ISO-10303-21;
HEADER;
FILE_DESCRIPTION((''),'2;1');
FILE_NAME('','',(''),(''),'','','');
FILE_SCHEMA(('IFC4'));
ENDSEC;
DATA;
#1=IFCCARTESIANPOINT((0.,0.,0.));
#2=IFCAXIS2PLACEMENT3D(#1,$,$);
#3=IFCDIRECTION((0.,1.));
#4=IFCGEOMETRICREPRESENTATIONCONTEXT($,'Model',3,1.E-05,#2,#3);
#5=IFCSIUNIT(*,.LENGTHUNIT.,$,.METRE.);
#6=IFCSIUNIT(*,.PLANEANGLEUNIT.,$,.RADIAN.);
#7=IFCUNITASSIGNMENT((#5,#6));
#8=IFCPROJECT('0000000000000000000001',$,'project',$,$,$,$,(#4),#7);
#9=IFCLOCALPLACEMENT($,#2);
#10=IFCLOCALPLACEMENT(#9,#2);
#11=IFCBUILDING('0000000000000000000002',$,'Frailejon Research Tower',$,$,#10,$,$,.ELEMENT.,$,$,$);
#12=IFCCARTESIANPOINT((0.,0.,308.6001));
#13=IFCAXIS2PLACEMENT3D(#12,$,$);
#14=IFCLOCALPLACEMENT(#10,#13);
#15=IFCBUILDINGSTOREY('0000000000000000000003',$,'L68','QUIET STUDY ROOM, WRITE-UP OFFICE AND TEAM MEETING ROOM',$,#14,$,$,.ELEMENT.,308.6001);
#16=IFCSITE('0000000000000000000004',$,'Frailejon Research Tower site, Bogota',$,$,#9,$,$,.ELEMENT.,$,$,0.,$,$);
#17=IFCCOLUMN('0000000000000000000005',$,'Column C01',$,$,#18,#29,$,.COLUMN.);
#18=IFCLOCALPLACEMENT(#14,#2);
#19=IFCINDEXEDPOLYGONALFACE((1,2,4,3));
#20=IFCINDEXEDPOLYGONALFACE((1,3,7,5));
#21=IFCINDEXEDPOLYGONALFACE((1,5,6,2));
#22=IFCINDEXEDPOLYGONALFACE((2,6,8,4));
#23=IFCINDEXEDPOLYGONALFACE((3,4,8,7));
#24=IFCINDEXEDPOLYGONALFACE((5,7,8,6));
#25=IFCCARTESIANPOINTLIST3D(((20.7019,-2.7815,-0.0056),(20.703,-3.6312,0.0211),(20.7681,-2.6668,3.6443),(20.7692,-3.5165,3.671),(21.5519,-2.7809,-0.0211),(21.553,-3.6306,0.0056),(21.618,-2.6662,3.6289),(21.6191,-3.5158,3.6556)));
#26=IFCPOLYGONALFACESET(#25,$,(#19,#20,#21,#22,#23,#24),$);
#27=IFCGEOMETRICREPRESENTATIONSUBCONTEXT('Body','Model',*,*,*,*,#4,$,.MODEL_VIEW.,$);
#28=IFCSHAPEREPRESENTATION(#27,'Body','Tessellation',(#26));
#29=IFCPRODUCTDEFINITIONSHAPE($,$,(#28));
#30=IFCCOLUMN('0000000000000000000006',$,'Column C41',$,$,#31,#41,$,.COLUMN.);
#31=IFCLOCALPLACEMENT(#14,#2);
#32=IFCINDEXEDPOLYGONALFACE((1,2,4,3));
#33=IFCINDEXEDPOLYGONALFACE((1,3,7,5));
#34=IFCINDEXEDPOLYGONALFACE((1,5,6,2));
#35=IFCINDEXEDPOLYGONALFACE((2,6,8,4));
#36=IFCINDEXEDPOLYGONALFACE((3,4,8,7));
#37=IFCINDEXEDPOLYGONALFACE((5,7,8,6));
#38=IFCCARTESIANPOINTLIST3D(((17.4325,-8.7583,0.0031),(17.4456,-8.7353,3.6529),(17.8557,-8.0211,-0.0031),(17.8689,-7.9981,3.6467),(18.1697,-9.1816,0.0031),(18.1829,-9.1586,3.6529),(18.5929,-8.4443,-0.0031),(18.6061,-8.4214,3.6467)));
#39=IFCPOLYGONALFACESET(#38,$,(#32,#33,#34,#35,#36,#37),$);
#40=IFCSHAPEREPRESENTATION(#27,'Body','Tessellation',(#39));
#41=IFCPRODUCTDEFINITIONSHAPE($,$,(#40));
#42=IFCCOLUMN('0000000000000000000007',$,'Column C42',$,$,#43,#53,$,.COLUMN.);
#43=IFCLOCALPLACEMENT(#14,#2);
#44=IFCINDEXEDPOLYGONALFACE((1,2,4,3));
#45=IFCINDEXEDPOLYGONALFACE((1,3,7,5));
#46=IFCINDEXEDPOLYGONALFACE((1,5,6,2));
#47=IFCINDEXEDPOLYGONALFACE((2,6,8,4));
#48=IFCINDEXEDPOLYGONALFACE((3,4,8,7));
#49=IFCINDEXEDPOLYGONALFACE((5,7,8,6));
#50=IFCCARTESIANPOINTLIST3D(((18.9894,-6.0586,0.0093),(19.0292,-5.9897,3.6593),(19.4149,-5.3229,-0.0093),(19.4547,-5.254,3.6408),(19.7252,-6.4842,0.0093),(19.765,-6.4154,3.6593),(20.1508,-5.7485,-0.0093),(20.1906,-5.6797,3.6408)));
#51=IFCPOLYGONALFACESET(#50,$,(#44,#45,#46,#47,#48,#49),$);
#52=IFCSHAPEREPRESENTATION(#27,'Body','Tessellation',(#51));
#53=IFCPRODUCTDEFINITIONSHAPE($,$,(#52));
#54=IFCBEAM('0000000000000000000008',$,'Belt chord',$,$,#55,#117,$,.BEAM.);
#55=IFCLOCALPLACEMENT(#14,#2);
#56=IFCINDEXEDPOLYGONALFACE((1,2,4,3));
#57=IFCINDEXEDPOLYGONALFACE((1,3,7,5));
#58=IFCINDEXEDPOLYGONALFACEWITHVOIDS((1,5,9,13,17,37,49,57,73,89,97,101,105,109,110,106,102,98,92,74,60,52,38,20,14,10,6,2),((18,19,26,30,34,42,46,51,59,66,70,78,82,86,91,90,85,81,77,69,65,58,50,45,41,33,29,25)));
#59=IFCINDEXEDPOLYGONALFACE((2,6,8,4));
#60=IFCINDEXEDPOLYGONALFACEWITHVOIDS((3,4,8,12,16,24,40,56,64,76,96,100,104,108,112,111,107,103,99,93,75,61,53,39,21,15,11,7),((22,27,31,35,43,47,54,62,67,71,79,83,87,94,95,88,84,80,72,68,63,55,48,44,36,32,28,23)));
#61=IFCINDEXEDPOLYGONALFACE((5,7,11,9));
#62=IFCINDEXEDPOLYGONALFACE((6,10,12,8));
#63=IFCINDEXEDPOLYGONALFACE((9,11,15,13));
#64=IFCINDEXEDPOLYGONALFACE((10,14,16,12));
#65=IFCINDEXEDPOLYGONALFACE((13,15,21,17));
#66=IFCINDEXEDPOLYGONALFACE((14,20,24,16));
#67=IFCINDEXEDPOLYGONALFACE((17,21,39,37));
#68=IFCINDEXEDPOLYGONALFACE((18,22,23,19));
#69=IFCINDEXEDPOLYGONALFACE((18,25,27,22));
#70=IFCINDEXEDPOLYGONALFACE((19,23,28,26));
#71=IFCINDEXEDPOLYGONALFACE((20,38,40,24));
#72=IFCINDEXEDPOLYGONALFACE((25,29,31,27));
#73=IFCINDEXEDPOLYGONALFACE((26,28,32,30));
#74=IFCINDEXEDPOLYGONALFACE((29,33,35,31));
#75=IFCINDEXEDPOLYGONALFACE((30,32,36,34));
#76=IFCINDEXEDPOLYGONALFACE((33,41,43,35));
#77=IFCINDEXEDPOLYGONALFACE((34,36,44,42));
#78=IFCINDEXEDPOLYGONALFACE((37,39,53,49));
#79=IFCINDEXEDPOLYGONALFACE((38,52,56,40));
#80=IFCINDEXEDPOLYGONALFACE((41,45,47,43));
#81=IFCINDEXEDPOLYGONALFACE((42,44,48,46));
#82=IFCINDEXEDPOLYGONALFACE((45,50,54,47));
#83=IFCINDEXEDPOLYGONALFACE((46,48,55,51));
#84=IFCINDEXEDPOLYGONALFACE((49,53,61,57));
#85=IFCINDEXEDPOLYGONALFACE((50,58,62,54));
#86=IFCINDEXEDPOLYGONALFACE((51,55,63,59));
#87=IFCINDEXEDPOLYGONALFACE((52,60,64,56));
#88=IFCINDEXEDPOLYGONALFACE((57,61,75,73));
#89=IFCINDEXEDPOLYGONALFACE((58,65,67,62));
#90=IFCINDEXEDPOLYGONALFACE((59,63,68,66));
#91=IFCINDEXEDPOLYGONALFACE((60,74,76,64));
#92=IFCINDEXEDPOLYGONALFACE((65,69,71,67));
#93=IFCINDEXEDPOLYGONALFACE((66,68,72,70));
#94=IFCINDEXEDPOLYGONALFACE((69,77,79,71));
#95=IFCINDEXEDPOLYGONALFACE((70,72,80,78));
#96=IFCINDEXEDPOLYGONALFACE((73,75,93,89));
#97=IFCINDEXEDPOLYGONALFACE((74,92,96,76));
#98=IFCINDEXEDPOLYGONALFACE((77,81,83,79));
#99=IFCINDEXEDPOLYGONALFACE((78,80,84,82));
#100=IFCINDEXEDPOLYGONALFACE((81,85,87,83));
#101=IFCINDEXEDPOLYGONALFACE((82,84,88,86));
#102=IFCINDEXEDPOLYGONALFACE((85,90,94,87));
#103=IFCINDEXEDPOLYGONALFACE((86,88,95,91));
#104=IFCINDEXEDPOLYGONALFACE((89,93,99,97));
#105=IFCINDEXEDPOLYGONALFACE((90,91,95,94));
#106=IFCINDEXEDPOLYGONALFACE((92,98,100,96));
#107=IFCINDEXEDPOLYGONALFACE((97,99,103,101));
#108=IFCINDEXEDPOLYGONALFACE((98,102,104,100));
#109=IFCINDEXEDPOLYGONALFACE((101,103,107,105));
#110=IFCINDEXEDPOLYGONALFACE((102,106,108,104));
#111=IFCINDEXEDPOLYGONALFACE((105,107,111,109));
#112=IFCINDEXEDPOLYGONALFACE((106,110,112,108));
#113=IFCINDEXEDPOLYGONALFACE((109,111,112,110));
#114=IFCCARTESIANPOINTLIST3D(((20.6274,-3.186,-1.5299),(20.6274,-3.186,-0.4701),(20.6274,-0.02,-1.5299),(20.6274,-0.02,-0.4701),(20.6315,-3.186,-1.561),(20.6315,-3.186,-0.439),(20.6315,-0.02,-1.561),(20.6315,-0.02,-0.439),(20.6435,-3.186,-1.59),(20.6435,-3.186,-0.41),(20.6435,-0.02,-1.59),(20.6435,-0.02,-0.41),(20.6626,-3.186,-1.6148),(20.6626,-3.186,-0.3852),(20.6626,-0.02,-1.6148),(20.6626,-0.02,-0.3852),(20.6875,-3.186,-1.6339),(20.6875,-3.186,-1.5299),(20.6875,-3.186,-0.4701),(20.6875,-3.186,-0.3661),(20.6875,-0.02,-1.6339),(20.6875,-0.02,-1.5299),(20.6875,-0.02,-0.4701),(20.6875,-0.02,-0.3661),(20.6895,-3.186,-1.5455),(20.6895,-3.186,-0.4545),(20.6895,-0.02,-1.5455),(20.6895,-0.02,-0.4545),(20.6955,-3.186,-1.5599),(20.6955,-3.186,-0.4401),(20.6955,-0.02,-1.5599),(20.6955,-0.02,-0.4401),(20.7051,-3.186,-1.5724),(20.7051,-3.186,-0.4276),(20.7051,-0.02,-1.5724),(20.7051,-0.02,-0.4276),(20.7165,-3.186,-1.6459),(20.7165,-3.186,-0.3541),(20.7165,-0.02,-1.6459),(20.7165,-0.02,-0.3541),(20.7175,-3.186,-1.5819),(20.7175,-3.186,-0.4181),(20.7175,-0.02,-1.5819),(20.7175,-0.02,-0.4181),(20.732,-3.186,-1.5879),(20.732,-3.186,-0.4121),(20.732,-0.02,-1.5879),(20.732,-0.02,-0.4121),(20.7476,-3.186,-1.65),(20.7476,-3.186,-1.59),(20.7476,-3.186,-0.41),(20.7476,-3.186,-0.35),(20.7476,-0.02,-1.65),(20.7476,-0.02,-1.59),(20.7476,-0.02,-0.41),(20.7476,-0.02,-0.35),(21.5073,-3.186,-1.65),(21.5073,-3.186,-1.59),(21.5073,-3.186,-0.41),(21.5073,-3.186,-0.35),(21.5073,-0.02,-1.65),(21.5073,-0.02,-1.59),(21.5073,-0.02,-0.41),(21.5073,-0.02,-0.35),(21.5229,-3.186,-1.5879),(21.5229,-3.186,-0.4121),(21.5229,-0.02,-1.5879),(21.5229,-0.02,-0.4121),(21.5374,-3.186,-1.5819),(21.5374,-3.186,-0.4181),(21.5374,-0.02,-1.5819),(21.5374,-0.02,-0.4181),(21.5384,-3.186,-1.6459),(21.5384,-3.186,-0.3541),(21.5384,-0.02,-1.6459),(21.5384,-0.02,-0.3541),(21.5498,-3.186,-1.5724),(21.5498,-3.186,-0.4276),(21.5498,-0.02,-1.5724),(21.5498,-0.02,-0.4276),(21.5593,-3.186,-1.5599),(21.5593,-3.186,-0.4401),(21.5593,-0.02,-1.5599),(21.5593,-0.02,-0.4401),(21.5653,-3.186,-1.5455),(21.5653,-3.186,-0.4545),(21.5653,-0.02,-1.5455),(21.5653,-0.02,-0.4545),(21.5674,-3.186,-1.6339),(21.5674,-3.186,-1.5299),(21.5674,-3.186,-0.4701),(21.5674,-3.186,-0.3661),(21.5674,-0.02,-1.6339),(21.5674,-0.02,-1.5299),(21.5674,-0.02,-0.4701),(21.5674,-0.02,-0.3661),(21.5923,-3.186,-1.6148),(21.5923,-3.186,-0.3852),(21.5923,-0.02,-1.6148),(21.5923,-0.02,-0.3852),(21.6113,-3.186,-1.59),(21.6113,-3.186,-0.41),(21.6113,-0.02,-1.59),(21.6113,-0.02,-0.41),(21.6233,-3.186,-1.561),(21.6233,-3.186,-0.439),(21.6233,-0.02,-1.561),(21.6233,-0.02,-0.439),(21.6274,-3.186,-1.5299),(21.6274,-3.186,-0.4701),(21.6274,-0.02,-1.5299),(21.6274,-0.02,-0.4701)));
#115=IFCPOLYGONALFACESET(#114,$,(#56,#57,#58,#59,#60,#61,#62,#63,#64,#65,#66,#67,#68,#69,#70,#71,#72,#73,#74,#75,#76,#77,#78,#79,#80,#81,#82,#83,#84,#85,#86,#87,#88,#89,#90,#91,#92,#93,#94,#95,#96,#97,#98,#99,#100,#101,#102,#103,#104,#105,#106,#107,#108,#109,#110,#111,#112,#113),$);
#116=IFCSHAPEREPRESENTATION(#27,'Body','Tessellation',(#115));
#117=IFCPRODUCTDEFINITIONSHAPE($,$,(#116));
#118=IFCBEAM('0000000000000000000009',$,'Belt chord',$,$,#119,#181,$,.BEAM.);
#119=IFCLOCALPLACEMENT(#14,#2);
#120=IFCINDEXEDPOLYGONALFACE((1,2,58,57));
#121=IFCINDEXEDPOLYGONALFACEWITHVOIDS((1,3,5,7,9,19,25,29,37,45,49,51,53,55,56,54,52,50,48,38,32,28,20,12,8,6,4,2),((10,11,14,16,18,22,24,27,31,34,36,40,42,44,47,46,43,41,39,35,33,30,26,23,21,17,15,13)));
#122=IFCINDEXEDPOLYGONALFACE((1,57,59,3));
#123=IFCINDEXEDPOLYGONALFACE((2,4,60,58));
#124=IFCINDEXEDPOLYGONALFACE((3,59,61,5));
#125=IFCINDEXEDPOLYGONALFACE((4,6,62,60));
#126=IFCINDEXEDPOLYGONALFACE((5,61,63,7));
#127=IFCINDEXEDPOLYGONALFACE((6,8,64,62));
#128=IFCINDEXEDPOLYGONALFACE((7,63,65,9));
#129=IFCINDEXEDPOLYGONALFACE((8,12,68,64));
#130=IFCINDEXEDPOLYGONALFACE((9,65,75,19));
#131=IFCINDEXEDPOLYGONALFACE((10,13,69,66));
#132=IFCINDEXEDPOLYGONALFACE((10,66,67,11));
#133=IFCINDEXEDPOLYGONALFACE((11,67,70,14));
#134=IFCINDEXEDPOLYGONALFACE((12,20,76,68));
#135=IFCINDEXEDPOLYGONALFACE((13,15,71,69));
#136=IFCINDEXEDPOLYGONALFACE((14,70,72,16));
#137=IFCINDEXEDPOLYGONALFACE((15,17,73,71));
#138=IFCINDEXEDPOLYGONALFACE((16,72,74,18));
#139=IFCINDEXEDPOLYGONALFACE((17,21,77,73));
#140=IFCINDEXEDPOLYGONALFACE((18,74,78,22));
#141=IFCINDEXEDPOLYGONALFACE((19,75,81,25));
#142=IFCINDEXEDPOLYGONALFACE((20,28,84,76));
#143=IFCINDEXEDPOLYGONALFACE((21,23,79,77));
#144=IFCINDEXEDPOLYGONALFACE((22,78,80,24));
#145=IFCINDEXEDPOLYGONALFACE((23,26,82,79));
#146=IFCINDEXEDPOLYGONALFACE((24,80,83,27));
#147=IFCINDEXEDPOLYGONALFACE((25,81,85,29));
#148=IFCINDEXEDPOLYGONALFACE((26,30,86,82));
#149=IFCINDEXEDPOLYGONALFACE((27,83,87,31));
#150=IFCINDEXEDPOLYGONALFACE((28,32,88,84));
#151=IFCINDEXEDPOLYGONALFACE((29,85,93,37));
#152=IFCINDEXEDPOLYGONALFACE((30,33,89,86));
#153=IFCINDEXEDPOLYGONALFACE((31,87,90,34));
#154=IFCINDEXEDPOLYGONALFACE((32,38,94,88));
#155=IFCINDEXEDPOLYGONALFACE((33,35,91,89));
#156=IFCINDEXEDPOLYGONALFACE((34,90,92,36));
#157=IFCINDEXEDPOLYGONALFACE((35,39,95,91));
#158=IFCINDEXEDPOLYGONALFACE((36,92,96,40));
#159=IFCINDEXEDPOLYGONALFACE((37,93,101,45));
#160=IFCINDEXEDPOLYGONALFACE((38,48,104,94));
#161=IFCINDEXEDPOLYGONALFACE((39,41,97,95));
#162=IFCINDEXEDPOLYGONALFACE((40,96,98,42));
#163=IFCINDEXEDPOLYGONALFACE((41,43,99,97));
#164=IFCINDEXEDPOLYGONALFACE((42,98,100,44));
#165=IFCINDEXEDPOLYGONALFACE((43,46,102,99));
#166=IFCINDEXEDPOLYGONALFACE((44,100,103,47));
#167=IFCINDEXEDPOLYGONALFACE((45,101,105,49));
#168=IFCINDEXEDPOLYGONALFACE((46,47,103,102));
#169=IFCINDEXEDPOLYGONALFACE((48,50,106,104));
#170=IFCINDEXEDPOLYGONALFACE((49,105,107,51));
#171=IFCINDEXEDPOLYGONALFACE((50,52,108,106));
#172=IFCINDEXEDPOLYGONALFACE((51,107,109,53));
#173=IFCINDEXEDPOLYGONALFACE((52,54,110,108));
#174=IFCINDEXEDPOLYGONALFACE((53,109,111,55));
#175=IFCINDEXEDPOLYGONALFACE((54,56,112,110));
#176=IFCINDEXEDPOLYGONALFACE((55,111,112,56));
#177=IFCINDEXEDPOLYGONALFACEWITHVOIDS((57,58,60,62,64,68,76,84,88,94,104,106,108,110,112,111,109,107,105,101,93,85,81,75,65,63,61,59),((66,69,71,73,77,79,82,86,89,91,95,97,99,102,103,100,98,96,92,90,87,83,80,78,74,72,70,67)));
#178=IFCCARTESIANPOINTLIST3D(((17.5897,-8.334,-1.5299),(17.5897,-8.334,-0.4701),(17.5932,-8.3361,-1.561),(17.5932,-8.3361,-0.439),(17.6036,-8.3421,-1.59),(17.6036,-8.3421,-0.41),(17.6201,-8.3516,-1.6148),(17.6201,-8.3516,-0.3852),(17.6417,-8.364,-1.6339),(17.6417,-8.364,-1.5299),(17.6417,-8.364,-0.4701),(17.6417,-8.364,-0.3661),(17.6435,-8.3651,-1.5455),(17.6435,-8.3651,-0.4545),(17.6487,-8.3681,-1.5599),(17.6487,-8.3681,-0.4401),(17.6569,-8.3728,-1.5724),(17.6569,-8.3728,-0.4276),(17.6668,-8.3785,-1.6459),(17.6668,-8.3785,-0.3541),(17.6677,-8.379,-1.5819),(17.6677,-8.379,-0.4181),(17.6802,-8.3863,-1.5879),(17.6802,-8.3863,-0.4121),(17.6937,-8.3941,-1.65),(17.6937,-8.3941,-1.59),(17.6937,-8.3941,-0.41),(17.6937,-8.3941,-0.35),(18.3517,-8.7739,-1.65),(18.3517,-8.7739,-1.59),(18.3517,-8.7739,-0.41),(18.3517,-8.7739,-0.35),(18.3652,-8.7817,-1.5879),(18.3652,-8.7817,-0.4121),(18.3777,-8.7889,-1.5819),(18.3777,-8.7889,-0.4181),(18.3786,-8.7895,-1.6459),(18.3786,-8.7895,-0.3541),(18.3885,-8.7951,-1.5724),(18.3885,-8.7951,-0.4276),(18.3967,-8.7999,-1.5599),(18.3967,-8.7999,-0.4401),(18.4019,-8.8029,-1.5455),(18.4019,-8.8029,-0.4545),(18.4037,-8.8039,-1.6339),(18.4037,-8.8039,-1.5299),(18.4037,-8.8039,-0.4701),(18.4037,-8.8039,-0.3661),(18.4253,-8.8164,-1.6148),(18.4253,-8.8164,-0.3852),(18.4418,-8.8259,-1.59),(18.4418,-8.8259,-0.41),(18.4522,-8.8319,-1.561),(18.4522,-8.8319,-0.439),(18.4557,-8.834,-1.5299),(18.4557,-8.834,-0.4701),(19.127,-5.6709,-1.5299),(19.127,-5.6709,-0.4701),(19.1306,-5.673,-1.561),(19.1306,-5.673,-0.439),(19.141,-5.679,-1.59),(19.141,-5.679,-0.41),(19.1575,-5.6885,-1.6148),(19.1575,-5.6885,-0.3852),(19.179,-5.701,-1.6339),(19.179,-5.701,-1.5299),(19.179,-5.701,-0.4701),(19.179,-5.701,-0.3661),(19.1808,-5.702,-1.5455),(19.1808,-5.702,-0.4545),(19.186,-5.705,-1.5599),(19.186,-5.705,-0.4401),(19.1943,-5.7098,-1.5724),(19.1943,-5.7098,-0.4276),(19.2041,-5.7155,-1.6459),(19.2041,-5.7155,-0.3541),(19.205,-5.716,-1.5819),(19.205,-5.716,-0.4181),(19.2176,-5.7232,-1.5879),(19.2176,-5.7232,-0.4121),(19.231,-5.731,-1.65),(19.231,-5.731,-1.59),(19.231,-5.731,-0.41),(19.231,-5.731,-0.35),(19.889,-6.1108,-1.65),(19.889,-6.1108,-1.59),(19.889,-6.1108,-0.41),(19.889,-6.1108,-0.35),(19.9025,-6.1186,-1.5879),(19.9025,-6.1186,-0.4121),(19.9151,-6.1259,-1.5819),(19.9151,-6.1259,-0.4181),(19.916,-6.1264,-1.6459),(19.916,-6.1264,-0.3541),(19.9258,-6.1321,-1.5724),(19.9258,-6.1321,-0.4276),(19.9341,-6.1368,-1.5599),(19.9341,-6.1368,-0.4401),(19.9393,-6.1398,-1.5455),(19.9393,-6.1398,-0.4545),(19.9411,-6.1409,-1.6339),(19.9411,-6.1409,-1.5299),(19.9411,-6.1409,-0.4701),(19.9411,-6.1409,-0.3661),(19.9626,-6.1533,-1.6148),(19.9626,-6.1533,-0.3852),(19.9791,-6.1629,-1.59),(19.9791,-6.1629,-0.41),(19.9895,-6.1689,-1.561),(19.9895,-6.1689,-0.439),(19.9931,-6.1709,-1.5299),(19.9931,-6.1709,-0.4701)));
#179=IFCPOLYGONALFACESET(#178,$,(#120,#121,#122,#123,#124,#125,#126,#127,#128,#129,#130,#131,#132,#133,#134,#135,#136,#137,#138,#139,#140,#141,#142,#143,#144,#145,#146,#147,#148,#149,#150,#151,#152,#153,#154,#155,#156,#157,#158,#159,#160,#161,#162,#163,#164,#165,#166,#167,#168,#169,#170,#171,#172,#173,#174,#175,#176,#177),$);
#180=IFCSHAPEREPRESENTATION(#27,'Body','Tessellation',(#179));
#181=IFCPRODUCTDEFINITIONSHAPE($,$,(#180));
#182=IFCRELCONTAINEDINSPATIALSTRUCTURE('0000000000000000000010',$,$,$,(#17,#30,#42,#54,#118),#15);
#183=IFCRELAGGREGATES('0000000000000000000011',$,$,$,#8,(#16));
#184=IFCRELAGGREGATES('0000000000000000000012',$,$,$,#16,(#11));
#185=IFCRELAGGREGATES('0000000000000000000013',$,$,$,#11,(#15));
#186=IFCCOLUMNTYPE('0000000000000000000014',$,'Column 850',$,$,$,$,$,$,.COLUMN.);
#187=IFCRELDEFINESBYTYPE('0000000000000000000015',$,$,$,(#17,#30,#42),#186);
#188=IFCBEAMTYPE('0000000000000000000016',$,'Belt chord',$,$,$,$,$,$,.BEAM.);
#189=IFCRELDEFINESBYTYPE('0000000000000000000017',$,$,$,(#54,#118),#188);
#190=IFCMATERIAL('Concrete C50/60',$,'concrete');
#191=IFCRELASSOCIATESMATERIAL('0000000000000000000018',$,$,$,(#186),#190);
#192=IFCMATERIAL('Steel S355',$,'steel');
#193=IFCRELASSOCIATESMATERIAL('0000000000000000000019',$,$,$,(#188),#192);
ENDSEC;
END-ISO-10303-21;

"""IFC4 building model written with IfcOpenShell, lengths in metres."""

from ifc_helpers import new_model, si_unit, direction, frame, origin, origin_2d, place, context, subcontext, project, spatial, rectangle, hollow_rectangle, extrude, material, material_profile, profile_set, type_object, element, save


model = new_model("IFC4")

# Units and contexts
model_context = context("Model", 3, precision=1e-05, world=origin(), true_north=direction((0.0, 1.0)))
body_context = subcontext(model_context, "Body", "Model", "MODEL_VIEW")
ifc_project = project(units=[si_unit("LENGTHUNIT", "METRE"), si_unit("PLANEANGLEUNIT", "RADIAN")], contexts=[model_context])

# Site, building, storey
site_placement = place(None, origin())
site = spatial("IfcSite", under=ifc_project, at=site_placement, Name="Frailejon Research Tower site, Bogota", CompositionType="ELEMENT", RefElevation=0.0)
building_placement = place(site_placement, origin())
building = spatial("IfcBuilding", under=site, at=building_placement, Name="Frailejon Research Tower", CompositionType="ELEMENT")
storey_placement = place(building_placement, frame((0.0, 0.0, 308.6001)))
storey = spatial("IfcBuildingStorey", under=building, at=storey_placement, Name="L68", Description="QUIET STUDY ROOM, WRITE-UP OFFICE AND TEAM MEETING ROOM", CompositionType="ELEMENT", Elevation=308.6001)

# Columns
ifc_material_1 = material(Name="Concrete C50/60", Category="concrete")
ifc_material_profile_1 = material_profile(ifc_material_1, rectangle(XDim=0.8501, YDim=0.8501, at=origin_2d()), Name="Column 850")
ifc_profile_set_1 = profile_set([ifc_material_profile_1], Name="Concrete C50/60")
column_type = type_object("IfcColumnType", Name="Column 850", PredefinedType="COLUMN", material=ifc_profile_set_1)
column_1_placement = place(storey_placement, frame((21.1274, -3.2061, 0.0), z_axis=(0.018115, 0.031417, 0.999342), x_axis=(-0.001297, 0.999506, -0.031399)))
element("IfcColumn", 1, at=column_1_placement, inside=storey, type_object=column_type, Name="Column C01", PredefinedType="COLUMN", context=body_context, shape_type="SweptSolid", body=[
    extrude(rectangle(XDim=0.8501, YDim=0.8501, at=origin_2d()), origin(), (0.0, 0.0, 1.0), 3.6523),
])
column_2_placement = place(storey_placement, frame((18.0127, -8.6013, 0.0), z_axis=(0.003612, 0.006287, 0.999974), x_axis=(0.49789, 0.86721, -0.007251)))
element("IfcColumn", 2, at=column_2_placement, inside=storey, type_object=column_type, Name="Column C41", PredefinedType="COLUMN", context=body_context, shape_type="SweptSolid", body=[
    extrude(rectangle(XDim=0.8501, YDim=0.8501, at=origin_2d()), origin(), (0.0, 0.0, 1.0), 3.6499),
])
column_3_placement = place(storey_placement, frame((19.5701, -5.9036, 0.0), z_axis=(0.0109, 0.018858, 0.999763), x_axis=(0.50059, 0.86541, -0.021782)))
element("IfcColumn", 3, at=column_3_placement, inside=storey, type_object=column_type, Name="Column C42", PredefinedType="COLUMN", context=body_context, shape_type="SweptSolid", body=[
    extrude(rectangle(XDim=0.8501, YDim=0.8501, at=origin_2d()), origin(), (0.0, 0.0, 1.0), 3.6509),
])

# Beams
ifc_material_2 = material(Name="Steel S355", Category="steel")
ifc_material_profile_2 = material_profile(ifc_material_2, hollow_rectangle(XDim=1.0, YDim=1.3, WallThickness=0.0601, InnerFilletRadius=0.0601, OuterFilletRadius=0.1201, at=origin_2d()), Name="Belt chord")
ifc_profile_set_2 = profile_set([ifc_material_profile_2], Name="Steel S355")
beam_type_1 = type_object("IfcBeamType", Name="Belt chord", PredefinedType="BEAM", material=ifc_profile_set_2)
beam_1_placement = place(storey_placement, frame((21.1274, -3.186, -1.0), z_axis=(0.0, 1.0, 0.0), x_axis=(-1.0, 0.0, 0.0)))
element("IfcBeam", 4, at=beam_1_placement, inside=storey, type_object=beam_type_1, Name="Belt chord", PredefinedType="BEAM", context=body_context, shape_type="SweptSolid", body=[
    extrude(hollow_rectangle(XDim=1.0, YDim=1.3, WallThickness=0.0601, InnerFilletRadius=0.0601, OuterFilletRadius=0.1201, at=origin_2d()), origin(), (0.0, 0.0, 1.0), 3.166),
])
beam_2_placement = place(storey_placement, frame((18.0227, -8.584, -1.0), z_axis=(0.499956, 0.866051, 0.0), x_axis=(-0.866051, 0.499956, 0.0)))
element("IfcBeam", 5, at=beam_2_placement, inside=storey, type_object=beam_type_1, Name="Belt chord", PredefinedType="BEAM", context=body_context, shape_type="SweptSolid", body=[
    extrude(hollow_rectangle(XDim=1.0, YDim=1.3, WallThickness=0.0601, InnerFilletRadius=0.0601, OuterFilletRadius=0.1201, at=origin_2d()), origin(), (0.0, 0.0, 1.0), 3.075),
])

save(model, "model.ifc")
